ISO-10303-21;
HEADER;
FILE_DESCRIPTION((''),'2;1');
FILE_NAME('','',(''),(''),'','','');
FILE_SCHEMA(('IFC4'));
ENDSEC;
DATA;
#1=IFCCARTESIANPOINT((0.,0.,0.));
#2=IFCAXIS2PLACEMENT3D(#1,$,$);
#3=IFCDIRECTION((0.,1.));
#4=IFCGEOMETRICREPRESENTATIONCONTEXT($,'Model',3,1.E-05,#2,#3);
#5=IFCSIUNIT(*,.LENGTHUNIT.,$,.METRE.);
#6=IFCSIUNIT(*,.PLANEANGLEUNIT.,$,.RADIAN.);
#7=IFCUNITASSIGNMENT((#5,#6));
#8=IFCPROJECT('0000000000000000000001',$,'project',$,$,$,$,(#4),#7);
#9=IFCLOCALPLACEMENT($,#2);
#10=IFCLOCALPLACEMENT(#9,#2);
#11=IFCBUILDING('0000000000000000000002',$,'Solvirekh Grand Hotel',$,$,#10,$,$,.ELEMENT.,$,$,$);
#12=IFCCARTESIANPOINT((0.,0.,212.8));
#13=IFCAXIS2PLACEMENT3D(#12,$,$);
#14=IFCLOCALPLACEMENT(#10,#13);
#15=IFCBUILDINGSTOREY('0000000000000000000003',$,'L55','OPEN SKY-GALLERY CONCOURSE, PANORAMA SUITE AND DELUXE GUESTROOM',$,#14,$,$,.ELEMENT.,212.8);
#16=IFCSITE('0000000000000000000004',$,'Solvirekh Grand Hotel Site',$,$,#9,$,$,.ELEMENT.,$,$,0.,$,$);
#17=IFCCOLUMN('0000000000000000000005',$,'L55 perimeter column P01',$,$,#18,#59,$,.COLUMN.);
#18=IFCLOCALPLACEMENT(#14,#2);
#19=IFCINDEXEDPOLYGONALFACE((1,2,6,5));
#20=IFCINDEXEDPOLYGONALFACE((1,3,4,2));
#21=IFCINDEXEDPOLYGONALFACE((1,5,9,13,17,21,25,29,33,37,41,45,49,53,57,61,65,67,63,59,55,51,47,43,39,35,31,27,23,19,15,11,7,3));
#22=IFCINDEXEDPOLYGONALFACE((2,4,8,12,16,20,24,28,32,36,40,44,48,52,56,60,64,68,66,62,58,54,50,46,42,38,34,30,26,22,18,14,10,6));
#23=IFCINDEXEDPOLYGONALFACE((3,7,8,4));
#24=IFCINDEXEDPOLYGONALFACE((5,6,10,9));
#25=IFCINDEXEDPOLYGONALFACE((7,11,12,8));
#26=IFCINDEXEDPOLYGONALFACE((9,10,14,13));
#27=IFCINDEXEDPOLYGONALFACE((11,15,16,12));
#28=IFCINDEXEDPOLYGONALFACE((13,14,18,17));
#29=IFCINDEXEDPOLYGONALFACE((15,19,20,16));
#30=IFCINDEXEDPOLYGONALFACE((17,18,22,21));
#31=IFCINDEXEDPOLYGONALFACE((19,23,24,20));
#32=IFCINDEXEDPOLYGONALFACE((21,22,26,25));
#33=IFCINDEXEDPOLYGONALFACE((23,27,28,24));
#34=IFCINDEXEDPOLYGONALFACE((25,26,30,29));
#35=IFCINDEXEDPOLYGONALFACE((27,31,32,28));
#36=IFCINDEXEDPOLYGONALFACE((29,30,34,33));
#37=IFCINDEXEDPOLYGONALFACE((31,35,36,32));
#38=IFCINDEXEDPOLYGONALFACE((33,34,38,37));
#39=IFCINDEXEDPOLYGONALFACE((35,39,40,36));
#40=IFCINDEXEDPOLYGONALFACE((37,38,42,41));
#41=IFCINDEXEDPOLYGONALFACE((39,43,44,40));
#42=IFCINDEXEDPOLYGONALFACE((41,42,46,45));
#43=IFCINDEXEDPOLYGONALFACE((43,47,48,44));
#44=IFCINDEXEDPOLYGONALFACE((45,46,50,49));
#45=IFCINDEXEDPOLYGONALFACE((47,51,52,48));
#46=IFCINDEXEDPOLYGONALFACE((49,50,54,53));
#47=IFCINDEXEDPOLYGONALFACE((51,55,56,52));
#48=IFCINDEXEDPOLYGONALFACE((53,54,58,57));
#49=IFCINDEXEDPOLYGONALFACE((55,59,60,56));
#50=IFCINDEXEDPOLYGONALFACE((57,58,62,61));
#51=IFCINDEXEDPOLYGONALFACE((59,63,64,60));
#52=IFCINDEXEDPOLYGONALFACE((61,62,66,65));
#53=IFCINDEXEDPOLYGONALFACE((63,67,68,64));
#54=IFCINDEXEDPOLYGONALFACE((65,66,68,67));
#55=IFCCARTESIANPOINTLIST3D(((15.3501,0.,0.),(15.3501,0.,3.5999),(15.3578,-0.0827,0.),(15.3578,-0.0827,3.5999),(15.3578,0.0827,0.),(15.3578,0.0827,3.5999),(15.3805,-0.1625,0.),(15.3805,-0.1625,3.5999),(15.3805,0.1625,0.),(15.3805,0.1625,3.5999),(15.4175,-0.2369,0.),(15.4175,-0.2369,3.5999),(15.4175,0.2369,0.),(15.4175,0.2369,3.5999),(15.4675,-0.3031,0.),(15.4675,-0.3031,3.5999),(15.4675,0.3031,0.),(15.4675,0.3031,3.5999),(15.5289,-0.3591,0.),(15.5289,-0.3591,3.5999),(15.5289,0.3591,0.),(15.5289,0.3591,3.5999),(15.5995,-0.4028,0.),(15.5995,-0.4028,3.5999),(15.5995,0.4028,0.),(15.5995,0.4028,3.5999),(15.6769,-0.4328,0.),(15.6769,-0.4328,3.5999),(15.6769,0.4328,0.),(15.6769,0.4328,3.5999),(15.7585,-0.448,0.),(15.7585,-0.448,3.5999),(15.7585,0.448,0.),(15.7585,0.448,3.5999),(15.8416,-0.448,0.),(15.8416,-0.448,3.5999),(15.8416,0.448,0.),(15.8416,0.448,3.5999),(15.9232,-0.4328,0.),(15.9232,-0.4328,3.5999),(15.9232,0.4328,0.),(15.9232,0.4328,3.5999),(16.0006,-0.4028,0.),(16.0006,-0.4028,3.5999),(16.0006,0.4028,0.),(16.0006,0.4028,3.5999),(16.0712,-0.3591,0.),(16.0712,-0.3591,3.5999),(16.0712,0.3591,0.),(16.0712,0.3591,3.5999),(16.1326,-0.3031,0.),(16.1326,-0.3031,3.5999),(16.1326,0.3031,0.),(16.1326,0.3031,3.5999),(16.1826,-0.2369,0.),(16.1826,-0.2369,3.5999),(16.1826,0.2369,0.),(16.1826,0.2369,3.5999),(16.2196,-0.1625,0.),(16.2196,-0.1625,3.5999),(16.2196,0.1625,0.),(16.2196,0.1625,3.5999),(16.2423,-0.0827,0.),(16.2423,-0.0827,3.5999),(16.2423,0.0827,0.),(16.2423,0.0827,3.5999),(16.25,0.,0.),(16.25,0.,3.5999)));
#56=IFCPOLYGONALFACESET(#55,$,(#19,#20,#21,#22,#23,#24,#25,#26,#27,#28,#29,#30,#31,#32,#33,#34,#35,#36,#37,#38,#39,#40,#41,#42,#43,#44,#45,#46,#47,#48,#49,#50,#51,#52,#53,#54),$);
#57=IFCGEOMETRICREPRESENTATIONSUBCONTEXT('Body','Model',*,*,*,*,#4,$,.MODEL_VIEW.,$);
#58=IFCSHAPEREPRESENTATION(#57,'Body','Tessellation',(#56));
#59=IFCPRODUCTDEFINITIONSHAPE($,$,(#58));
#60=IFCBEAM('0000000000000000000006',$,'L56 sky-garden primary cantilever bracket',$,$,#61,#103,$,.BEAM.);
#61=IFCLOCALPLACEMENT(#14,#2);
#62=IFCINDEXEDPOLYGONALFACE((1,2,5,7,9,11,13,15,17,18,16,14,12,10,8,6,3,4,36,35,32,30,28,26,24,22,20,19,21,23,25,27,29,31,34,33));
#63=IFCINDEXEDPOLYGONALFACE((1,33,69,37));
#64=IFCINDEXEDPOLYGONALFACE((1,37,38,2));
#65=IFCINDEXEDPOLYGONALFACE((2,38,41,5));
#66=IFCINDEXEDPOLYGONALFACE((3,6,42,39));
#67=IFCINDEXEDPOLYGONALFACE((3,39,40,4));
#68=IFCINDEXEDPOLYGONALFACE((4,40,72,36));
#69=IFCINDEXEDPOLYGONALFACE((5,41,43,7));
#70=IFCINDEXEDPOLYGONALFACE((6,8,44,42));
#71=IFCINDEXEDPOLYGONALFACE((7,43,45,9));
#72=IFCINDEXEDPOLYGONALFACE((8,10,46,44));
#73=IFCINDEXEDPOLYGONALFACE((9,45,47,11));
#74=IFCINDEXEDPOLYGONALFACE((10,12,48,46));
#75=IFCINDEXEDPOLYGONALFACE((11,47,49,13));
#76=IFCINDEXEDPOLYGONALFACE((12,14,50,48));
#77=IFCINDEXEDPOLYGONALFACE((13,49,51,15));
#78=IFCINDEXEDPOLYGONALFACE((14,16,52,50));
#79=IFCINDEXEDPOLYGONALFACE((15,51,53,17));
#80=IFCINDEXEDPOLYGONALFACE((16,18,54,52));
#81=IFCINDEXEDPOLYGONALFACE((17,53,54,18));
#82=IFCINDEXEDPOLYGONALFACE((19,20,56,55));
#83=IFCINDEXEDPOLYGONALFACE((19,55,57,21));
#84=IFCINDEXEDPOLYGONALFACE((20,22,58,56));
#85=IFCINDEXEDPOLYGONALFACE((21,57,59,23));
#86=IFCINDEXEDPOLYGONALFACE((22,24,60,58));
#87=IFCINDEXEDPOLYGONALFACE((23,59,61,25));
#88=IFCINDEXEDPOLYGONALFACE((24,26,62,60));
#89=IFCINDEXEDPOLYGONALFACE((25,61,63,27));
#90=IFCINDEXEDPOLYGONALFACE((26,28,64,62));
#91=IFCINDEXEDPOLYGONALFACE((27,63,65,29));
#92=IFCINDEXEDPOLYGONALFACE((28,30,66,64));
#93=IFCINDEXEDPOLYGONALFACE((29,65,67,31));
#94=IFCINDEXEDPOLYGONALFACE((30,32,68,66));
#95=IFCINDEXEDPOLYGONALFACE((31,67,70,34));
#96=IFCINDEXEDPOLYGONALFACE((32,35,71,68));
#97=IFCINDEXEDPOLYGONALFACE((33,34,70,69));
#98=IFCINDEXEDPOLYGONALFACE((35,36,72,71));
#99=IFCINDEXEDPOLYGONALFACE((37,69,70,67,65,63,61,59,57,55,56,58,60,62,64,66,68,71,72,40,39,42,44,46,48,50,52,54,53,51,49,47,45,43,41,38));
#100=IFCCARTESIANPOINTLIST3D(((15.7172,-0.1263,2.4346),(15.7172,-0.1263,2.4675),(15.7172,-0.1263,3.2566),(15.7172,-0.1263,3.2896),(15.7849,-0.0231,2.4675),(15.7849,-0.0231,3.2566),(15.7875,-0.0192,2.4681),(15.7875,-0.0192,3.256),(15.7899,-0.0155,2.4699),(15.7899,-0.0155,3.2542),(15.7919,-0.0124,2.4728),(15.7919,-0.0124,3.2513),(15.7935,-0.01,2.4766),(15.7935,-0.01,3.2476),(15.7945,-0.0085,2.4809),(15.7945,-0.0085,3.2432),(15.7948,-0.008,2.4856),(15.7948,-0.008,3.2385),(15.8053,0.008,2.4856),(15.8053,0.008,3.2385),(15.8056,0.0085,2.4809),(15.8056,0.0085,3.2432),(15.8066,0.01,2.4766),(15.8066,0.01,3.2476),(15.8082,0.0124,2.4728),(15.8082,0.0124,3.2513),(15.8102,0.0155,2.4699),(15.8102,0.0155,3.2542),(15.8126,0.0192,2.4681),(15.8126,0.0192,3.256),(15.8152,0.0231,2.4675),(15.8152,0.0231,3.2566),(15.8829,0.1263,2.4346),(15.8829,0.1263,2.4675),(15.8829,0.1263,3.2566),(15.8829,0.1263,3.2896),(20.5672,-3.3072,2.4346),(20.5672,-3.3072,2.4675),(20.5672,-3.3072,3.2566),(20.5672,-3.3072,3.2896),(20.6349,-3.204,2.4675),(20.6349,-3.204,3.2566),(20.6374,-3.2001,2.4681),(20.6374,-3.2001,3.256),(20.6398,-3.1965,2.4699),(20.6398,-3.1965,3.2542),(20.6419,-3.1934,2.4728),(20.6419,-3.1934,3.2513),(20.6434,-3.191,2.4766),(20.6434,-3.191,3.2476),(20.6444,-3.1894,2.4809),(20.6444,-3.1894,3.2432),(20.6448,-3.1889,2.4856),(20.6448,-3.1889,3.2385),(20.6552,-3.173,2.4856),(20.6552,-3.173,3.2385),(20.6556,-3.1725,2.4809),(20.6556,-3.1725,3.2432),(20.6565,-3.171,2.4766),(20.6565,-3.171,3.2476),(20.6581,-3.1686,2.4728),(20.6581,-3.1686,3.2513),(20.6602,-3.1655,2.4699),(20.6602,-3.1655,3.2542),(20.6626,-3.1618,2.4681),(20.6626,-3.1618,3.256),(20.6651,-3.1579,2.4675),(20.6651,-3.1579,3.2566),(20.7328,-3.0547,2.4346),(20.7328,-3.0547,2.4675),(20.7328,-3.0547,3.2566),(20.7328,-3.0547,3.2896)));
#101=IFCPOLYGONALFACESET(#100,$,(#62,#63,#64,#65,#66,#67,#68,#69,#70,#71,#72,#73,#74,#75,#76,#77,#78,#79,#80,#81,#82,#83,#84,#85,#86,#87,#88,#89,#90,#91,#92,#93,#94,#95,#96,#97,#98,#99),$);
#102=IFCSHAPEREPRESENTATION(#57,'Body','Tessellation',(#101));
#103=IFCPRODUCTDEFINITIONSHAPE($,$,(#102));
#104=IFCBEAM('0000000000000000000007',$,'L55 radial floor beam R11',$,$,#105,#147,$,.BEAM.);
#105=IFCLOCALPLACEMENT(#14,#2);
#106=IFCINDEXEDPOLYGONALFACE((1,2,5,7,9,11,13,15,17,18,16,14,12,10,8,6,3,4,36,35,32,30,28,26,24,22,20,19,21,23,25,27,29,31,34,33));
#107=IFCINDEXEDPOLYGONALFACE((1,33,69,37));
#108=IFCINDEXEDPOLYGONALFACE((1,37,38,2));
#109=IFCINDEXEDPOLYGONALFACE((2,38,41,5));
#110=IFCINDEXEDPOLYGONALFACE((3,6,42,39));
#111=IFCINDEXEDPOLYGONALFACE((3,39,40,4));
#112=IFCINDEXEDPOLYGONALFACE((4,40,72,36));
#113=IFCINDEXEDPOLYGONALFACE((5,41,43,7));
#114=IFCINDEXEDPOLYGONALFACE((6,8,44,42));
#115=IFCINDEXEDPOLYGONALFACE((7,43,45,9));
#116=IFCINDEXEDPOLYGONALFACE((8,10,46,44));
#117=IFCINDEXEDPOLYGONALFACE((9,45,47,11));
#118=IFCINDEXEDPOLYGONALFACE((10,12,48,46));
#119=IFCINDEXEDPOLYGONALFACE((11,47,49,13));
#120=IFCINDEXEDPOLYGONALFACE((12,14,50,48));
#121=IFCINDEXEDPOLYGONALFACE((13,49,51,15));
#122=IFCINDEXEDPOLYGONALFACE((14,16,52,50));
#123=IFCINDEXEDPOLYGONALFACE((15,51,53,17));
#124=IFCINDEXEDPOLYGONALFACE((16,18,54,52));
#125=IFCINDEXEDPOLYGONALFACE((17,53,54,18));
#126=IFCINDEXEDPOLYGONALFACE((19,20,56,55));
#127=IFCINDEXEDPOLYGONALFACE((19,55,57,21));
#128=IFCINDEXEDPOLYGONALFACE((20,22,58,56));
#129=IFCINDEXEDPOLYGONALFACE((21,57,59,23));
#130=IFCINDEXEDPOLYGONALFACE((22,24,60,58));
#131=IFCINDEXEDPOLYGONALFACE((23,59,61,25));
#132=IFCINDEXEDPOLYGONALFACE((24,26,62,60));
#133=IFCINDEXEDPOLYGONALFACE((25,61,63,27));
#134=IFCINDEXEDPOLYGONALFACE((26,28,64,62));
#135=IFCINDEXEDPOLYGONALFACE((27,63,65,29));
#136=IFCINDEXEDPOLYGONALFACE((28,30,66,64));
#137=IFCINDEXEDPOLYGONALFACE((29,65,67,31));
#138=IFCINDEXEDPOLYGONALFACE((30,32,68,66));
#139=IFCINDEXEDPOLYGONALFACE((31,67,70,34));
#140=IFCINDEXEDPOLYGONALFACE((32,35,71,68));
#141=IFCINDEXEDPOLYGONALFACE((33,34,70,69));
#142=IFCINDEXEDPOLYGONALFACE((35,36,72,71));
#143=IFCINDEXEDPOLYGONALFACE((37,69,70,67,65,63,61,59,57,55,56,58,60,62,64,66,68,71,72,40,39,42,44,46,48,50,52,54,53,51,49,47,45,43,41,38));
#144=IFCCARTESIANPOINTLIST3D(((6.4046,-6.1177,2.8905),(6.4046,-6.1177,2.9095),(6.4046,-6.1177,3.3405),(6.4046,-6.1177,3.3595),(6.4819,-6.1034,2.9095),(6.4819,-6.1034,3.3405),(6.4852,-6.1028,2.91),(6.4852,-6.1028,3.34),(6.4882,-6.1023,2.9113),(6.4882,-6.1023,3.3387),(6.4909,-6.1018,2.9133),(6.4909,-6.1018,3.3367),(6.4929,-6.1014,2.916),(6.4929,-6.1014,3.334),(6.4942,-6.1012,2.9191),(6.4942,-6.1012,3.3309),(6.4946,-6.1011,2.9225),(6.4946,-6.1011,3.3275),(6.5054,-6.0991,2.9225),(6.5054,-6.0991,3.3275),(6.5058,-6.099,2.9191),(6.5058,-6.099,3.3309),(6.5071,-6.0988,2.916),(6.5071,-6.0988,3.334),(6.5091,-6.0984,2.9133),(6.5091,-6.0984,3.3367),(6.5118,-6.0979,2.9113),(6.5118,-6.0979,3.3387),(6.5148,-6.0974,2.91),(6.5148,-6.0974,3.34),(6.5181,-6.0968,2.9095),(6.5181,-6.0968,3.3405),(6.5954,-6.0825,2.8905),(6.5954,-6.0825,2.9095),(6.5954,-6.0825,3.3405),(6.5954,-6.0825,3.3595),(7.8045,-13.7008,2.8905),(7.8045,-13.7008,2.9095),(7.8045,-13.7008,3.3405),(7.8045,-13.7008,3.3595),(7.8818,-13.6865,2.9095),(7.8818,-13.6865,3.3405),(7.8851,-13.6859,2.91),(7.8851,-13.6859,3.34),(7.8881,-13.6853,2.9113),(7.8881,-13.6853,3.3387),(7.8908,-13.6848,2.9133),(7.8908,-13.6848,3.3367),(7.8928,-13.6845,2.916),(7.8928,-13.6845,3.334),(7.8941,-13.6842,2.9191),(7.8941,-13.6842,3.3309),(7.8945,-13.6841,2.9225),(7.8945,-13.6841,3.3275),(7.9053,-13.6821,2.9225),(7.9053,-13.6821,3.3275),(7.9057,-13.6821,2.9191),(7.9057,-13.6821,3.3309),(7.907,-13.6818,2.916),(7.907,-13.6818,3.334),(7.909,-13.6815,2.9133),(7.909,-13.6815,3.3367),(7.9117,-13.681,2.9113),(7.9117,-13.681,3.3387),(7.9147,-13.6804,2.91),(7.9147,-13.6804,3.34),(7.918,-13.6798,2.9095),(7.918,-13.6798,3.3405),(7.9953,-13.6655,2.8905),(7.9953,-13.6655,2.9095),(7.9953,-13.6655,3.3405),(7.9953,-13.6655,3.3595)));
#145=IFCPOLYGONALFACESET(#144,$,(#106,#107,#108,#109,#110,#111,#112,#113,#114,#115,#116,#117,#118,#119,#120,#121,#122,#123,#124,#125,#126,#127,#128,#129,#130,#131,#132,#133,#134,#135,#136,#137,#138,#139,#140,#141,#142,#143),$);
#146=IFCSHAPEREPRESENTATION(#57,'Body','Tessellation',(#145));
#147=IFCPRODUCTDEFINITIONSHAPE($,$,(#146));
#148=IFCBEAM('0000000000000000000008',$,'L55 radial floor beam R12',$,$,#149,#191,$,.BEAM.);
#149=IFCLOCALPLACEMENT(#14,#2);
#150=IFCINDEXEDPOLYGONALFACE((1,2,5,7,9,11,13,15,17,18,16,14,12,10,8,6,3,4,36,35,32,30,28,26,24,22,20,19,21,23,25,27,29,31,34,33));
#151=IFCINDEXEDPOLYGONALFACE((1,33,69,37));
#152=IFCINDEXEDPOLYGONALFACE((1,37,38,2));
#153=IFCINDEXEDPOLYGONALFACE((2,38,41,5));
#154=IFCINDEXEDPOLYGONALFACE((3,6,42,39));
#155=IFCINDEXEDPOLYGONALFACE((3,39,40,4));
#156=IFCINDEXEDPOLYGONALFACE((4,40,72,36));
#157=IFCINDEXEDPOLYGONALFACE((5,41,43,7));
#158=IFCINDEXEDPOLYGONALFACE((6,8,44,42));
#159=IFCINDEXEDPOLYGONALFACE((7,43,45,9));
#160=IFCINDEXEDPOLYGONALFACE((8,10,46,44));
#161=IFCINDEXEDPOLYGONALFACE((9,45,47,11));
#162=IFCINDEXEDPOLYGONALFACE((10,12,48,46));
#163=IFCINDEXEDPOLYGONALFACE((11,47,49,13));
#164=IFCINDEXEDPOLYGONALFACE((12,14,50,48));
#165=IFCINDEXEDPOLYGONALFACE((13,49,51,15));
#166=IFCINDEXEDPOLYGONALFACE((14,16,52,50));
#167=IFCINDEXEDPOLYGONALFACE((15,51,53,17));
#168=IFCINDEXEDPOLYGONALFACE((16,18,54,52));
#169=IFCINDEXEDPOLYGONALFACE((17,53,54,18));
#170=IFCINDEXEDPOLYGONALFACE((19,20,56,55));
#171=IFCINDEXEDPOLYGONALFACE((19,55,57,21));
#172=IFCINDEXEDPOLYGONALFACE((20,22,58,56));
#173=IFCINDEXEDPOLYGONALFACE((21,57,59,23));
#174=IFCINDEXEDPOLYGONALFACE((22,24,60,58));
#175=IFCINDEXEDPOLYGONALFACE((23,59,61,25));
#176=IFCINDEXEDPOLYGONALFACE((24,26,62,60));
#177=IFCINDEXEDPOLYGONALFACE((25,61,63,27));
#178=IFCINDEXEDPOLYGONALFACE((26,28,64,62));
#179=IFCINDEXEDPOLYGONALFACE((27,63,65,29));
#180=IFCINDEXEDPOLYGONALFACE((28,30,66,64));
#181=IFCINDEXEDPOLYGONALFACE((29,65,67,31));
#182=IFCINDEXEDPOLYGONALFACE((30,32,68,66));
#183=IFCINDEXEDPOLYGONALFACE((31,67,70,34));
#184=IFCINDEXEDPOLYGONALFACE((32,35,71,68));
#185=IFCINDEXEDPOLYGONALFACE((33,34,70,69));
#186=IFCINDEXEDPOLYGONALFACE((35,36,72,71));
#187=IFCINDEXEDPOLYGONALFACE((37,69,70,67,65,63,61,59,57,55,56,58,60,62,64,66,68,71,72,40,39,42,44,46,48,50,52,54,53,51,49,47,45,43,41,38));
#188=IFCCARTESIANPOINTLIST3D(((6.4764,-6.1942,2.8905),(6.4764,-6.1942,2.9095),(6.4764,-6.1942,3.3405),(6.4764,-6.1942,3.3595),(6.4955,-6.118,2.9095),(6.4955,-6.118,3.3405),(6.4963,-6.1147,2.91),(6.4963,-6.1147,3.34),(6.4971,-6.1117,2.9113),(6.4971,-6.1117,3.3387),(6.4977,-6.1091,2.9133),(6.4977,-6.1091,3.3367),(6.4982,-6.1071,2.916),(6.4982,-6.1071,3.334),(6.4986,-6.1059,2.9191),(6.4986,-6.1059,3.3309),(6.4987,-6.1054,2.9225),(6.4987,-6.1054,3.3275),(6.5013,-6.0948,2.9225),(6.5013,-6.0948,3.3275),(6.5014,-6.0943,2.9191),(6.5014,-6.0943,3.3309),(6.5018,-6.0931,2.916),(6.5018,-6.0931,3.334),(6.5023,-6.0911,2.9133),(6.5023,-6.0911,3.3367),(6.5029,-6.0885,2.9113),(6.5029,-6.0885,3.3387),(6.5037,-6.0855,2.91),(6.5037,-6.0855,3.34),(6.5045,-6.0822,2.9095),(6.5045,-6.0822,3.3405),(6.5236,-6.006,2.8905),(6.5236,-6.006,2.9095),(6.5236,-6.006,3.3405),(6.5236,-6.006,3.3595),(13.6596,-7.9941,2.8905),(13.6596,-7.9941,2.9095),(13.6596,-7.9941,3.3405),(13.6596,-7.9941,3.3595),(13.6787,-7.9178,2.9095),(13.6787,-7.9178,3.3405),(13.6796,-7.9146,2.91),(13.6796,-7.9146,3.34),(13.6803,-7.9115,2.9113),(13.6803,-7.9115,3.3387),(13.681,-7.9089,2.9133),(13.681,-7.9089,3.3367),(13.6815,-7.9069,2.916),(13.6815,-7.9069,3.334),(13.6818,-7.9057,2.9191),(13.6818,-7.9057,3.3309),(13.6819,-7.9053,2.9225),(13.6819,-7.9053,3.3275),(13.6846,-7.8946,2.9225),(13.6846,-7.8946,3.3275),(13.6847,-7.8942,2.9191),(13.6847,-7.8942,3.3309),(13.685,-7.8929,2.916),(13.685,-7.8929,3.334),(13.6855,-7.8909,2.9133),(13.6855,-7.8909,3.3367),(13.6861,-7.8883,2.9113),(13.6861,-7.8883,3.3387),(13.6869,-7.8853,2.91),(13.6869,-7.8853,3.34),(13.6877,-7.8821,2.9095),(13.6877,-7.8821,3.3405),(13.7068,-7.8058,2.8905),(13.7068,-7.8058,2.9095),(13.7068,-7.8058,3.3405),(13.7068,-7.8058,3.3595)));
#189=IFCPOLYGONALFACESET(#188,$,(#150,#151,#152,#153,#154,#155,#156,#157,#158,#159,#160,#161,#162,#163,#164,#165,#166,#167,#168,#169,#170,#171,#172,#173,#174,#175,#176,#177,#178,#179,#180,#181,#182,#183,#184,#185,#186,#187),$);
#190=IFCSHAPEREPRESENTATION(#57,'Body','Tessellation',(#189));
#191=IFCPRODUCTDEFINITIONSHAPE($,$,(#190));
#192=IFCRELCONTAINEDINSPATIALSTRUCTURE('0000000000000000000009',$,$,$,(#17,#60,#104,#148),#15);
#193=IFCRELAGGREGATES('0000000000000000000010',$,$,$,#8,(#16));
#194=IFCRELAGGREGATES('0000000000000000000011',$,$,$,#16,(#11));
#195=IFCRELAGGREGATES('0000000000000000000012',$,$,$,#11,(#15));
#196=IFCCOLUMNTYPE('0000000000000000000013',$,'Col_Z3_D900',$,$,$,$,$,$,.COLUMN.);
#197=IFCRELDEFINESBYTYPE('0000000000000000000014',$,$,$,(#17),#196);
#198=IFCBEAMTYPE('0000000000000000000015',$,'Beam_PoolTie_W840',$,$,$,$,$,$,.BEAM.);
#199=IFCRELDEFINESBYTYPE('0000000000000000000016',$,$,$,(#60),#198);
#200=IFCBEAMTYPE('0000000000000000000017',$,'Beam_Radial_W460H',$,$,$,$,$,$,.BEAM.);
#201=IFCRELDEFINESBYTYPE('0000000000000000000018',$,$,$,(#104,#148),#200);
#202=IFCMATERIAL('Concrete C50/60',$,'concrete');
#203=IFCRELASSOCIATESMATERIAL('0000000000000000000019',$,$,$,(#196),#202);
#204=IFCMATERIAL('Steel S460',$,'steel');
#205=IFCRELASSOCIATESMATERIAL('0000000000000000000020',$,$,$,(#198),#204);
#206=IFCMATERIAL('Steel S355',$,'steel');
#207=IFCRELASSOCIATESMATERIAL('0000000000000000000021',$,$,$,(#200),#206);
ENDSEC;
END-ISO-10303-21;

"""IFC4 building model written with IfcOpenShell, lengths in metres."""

from ifc_helpers import new_model, si_unit, direction, frame, origin, origin_2d, place, context, subcontext, project, spatial, circle, i_section, extrude, material, material_profile, profile_set, type_object, element, save


model = new_model("IFC4")

# Units and contexts
model_context = context("Model", 3, precision=1e-05, world=origin(), true_north=direction((0.0, 1.0)))
body_context = subcontext(model_context, "Body", "Model", "MODEL_VIEW")
ifc_project = project(units=[si_unit("LENGTHUNIT", "METRE"), si_unit("PLANEANGLEUNIT", "RADIAN")], contexts=[model_context])

# Site, building, storey
site_placement = place(None, origin())
site = spatial("IfcSite", under=ifc_project, at=site_placement, Name="Solvirekh Grand Hotel Site", CompositionType="ELEMENT", RefElevation=0.0)
building_placement = place(site_placement, origin())
building = spatial("IfcBuilding", under=site, at=building_placement, Name="Solvirekh Grand Hotel", CompositionType="ELEMENT")
storey_placement = place(building_placement, frame((0.0, 0.0, 212.8)))
storey = spatial("IfcBuildingStorey", under=building, at=storey_placement, Name="L55", Description="OPEN SKY-GALLERY CONCOURSE, PANORAMA SUITE AND DELUXE GUESTROOM", CompositionType="ELEMENT", Elevation=212.8)

# Column
ifc_material_1 = material(Name="Concrete C50/60", Category="concrete")
ifc_material_profile_1 = material_profile(ifc_material_1, circle(Radius=0.45, at=origin_2d()), Name="RC CIRC D900")
ifc_profile_set_1 = profile_set([ifc_material_profile_1], Name="Concrete C50/60")
column_type = type_object("IfcColumnType", Name="Col_Z3_D900", PredefinedType="COLUMN", material=ifc_profile_set_1)
column_placement = place(storey_placement, frame((15.8, 0.0, 0.0), z_axis=(0.0, 0.0, 1.0), x_axis=(1.0, 0.0, 0.0)))
element("IfcColumn", 1, at=column_placement, inside=storey, type_object=column_type, Name="L55 perimeter column P01", PredefinedType="COLUMN", context=body_context, shape_type="SweptSolid", body=[
    extrude(circle(Radius=0.45, at=origin_2d()), origin(), (0.0, 0.0, 1.0), 3.5999),
])

# Beams
ifc_material_2 = material(Name="Steel S460", Category="steel")
ifc_material_profile_2 = material_profile(ifc_material_2, i_section(OverallWidth=0.302, OverallDepth=0.855, WebThickness=0.019, FlangeThickness=0.033, FilletRadius=0.0181, at=origin_2d()), Name="W840X299")
ifc_profile_set_2 = profile_set([ifc_material_profile_2], Name="Steel S460")
beam_type_1 = type_object("IfcBeamType", Name="Beam_PoolTie_W840", PredefinedType="BEAM", material=ifc_profile_set_2)
beam_1_placement = place(storey_placement, frame((15.8, 0.0, 2.8621), z_axis=(0.836191, -0.548439, 0.0), x_axis=(0.548439, 0.836191, 0.0)))
element("IfcBeam", 2, at=beam_1_placement, inside=storey, type_object=beam_type_1, Name="L56 sky-garden primary cantilever bracket", PredefinedType="BEAM", context=body_context, shape_type="SweptSolid", body=[
    extrude(i_section(OverallWidth=0.302, OverallDepth=0.855, WebThickness=0.019, FlangeThickness=0.033, FilletRadius=0.0181, at=origin_2d()), origin(), (0.0, 0.0, 1.0), 5.8),
])
ifc_material_3 = material(Name="Steel S355", Category="steel")
ifc_material_profile_3 = material_profile(ifc_material_3, i_section(OverallWidth=0.1941, OverallDepth=0.469, WebThickness=0.011, FlangeThickness=0.019, FilletRadius=0.0129, at=origin_2d()), Name="W460X106")
ifc_profile_set_3 = profile_set([ifc_material_profile_3], Name="Steel S355")
beam_type_2 = type_object("IfcBeamType", Name="Beam_Radial_W460H", PredefinedType="BEAM", material=ifc_profile_set_3)
beam_2_placement = place(storey_placement, frame((6.5, -6.1001, 3.125), z_axis=(0.181543, -0.983383, 0.0), x_axis=(0.983383, 0.181543, 0.0)))
element("IfcBeam", 3, at=beam_2_placement, inside=storey, type_object=beam_type_2, Name="L55 radial floor beam R11", PredefinedType="BEAM", context=body_context, shape_type="SweptSolid", body=[
    extrude(i_section(OverallWidth=0.1941, OverallDepth=0.469, WebThickness=0.011, FlangeThickness=0.019, FilletRadius=0.0129, at=origin_2d()), origin(), (0.0, 0.0, 1.0), 7.7112),
])
beam_3_placement = place(storey_placement, frame((6.5, -6.1001, 3.125), z_axis=(0.970014, -0.243048, 0.0), x_axis=(0.243048, 0.970014, 0.0)))
element("IfcBeam", 4, at=beam_3_placement, inside=storey, type_object=beam_type_2, Name="L55 radial floor beam R12", PredefinedType="BEAM", context=body_context, shape_type="SweptSolid", body=[
    extrude(i_section(OverallWidth=0.1941, OverallDepth=0.469, WebThickness=0.011, FlangeThickness=0.019, FilletRadius=0.0129, at=origin_2d()), origin(), (0.0, 0.0, 1.0), 7.4053),
])

save(model, "model.ifc")
